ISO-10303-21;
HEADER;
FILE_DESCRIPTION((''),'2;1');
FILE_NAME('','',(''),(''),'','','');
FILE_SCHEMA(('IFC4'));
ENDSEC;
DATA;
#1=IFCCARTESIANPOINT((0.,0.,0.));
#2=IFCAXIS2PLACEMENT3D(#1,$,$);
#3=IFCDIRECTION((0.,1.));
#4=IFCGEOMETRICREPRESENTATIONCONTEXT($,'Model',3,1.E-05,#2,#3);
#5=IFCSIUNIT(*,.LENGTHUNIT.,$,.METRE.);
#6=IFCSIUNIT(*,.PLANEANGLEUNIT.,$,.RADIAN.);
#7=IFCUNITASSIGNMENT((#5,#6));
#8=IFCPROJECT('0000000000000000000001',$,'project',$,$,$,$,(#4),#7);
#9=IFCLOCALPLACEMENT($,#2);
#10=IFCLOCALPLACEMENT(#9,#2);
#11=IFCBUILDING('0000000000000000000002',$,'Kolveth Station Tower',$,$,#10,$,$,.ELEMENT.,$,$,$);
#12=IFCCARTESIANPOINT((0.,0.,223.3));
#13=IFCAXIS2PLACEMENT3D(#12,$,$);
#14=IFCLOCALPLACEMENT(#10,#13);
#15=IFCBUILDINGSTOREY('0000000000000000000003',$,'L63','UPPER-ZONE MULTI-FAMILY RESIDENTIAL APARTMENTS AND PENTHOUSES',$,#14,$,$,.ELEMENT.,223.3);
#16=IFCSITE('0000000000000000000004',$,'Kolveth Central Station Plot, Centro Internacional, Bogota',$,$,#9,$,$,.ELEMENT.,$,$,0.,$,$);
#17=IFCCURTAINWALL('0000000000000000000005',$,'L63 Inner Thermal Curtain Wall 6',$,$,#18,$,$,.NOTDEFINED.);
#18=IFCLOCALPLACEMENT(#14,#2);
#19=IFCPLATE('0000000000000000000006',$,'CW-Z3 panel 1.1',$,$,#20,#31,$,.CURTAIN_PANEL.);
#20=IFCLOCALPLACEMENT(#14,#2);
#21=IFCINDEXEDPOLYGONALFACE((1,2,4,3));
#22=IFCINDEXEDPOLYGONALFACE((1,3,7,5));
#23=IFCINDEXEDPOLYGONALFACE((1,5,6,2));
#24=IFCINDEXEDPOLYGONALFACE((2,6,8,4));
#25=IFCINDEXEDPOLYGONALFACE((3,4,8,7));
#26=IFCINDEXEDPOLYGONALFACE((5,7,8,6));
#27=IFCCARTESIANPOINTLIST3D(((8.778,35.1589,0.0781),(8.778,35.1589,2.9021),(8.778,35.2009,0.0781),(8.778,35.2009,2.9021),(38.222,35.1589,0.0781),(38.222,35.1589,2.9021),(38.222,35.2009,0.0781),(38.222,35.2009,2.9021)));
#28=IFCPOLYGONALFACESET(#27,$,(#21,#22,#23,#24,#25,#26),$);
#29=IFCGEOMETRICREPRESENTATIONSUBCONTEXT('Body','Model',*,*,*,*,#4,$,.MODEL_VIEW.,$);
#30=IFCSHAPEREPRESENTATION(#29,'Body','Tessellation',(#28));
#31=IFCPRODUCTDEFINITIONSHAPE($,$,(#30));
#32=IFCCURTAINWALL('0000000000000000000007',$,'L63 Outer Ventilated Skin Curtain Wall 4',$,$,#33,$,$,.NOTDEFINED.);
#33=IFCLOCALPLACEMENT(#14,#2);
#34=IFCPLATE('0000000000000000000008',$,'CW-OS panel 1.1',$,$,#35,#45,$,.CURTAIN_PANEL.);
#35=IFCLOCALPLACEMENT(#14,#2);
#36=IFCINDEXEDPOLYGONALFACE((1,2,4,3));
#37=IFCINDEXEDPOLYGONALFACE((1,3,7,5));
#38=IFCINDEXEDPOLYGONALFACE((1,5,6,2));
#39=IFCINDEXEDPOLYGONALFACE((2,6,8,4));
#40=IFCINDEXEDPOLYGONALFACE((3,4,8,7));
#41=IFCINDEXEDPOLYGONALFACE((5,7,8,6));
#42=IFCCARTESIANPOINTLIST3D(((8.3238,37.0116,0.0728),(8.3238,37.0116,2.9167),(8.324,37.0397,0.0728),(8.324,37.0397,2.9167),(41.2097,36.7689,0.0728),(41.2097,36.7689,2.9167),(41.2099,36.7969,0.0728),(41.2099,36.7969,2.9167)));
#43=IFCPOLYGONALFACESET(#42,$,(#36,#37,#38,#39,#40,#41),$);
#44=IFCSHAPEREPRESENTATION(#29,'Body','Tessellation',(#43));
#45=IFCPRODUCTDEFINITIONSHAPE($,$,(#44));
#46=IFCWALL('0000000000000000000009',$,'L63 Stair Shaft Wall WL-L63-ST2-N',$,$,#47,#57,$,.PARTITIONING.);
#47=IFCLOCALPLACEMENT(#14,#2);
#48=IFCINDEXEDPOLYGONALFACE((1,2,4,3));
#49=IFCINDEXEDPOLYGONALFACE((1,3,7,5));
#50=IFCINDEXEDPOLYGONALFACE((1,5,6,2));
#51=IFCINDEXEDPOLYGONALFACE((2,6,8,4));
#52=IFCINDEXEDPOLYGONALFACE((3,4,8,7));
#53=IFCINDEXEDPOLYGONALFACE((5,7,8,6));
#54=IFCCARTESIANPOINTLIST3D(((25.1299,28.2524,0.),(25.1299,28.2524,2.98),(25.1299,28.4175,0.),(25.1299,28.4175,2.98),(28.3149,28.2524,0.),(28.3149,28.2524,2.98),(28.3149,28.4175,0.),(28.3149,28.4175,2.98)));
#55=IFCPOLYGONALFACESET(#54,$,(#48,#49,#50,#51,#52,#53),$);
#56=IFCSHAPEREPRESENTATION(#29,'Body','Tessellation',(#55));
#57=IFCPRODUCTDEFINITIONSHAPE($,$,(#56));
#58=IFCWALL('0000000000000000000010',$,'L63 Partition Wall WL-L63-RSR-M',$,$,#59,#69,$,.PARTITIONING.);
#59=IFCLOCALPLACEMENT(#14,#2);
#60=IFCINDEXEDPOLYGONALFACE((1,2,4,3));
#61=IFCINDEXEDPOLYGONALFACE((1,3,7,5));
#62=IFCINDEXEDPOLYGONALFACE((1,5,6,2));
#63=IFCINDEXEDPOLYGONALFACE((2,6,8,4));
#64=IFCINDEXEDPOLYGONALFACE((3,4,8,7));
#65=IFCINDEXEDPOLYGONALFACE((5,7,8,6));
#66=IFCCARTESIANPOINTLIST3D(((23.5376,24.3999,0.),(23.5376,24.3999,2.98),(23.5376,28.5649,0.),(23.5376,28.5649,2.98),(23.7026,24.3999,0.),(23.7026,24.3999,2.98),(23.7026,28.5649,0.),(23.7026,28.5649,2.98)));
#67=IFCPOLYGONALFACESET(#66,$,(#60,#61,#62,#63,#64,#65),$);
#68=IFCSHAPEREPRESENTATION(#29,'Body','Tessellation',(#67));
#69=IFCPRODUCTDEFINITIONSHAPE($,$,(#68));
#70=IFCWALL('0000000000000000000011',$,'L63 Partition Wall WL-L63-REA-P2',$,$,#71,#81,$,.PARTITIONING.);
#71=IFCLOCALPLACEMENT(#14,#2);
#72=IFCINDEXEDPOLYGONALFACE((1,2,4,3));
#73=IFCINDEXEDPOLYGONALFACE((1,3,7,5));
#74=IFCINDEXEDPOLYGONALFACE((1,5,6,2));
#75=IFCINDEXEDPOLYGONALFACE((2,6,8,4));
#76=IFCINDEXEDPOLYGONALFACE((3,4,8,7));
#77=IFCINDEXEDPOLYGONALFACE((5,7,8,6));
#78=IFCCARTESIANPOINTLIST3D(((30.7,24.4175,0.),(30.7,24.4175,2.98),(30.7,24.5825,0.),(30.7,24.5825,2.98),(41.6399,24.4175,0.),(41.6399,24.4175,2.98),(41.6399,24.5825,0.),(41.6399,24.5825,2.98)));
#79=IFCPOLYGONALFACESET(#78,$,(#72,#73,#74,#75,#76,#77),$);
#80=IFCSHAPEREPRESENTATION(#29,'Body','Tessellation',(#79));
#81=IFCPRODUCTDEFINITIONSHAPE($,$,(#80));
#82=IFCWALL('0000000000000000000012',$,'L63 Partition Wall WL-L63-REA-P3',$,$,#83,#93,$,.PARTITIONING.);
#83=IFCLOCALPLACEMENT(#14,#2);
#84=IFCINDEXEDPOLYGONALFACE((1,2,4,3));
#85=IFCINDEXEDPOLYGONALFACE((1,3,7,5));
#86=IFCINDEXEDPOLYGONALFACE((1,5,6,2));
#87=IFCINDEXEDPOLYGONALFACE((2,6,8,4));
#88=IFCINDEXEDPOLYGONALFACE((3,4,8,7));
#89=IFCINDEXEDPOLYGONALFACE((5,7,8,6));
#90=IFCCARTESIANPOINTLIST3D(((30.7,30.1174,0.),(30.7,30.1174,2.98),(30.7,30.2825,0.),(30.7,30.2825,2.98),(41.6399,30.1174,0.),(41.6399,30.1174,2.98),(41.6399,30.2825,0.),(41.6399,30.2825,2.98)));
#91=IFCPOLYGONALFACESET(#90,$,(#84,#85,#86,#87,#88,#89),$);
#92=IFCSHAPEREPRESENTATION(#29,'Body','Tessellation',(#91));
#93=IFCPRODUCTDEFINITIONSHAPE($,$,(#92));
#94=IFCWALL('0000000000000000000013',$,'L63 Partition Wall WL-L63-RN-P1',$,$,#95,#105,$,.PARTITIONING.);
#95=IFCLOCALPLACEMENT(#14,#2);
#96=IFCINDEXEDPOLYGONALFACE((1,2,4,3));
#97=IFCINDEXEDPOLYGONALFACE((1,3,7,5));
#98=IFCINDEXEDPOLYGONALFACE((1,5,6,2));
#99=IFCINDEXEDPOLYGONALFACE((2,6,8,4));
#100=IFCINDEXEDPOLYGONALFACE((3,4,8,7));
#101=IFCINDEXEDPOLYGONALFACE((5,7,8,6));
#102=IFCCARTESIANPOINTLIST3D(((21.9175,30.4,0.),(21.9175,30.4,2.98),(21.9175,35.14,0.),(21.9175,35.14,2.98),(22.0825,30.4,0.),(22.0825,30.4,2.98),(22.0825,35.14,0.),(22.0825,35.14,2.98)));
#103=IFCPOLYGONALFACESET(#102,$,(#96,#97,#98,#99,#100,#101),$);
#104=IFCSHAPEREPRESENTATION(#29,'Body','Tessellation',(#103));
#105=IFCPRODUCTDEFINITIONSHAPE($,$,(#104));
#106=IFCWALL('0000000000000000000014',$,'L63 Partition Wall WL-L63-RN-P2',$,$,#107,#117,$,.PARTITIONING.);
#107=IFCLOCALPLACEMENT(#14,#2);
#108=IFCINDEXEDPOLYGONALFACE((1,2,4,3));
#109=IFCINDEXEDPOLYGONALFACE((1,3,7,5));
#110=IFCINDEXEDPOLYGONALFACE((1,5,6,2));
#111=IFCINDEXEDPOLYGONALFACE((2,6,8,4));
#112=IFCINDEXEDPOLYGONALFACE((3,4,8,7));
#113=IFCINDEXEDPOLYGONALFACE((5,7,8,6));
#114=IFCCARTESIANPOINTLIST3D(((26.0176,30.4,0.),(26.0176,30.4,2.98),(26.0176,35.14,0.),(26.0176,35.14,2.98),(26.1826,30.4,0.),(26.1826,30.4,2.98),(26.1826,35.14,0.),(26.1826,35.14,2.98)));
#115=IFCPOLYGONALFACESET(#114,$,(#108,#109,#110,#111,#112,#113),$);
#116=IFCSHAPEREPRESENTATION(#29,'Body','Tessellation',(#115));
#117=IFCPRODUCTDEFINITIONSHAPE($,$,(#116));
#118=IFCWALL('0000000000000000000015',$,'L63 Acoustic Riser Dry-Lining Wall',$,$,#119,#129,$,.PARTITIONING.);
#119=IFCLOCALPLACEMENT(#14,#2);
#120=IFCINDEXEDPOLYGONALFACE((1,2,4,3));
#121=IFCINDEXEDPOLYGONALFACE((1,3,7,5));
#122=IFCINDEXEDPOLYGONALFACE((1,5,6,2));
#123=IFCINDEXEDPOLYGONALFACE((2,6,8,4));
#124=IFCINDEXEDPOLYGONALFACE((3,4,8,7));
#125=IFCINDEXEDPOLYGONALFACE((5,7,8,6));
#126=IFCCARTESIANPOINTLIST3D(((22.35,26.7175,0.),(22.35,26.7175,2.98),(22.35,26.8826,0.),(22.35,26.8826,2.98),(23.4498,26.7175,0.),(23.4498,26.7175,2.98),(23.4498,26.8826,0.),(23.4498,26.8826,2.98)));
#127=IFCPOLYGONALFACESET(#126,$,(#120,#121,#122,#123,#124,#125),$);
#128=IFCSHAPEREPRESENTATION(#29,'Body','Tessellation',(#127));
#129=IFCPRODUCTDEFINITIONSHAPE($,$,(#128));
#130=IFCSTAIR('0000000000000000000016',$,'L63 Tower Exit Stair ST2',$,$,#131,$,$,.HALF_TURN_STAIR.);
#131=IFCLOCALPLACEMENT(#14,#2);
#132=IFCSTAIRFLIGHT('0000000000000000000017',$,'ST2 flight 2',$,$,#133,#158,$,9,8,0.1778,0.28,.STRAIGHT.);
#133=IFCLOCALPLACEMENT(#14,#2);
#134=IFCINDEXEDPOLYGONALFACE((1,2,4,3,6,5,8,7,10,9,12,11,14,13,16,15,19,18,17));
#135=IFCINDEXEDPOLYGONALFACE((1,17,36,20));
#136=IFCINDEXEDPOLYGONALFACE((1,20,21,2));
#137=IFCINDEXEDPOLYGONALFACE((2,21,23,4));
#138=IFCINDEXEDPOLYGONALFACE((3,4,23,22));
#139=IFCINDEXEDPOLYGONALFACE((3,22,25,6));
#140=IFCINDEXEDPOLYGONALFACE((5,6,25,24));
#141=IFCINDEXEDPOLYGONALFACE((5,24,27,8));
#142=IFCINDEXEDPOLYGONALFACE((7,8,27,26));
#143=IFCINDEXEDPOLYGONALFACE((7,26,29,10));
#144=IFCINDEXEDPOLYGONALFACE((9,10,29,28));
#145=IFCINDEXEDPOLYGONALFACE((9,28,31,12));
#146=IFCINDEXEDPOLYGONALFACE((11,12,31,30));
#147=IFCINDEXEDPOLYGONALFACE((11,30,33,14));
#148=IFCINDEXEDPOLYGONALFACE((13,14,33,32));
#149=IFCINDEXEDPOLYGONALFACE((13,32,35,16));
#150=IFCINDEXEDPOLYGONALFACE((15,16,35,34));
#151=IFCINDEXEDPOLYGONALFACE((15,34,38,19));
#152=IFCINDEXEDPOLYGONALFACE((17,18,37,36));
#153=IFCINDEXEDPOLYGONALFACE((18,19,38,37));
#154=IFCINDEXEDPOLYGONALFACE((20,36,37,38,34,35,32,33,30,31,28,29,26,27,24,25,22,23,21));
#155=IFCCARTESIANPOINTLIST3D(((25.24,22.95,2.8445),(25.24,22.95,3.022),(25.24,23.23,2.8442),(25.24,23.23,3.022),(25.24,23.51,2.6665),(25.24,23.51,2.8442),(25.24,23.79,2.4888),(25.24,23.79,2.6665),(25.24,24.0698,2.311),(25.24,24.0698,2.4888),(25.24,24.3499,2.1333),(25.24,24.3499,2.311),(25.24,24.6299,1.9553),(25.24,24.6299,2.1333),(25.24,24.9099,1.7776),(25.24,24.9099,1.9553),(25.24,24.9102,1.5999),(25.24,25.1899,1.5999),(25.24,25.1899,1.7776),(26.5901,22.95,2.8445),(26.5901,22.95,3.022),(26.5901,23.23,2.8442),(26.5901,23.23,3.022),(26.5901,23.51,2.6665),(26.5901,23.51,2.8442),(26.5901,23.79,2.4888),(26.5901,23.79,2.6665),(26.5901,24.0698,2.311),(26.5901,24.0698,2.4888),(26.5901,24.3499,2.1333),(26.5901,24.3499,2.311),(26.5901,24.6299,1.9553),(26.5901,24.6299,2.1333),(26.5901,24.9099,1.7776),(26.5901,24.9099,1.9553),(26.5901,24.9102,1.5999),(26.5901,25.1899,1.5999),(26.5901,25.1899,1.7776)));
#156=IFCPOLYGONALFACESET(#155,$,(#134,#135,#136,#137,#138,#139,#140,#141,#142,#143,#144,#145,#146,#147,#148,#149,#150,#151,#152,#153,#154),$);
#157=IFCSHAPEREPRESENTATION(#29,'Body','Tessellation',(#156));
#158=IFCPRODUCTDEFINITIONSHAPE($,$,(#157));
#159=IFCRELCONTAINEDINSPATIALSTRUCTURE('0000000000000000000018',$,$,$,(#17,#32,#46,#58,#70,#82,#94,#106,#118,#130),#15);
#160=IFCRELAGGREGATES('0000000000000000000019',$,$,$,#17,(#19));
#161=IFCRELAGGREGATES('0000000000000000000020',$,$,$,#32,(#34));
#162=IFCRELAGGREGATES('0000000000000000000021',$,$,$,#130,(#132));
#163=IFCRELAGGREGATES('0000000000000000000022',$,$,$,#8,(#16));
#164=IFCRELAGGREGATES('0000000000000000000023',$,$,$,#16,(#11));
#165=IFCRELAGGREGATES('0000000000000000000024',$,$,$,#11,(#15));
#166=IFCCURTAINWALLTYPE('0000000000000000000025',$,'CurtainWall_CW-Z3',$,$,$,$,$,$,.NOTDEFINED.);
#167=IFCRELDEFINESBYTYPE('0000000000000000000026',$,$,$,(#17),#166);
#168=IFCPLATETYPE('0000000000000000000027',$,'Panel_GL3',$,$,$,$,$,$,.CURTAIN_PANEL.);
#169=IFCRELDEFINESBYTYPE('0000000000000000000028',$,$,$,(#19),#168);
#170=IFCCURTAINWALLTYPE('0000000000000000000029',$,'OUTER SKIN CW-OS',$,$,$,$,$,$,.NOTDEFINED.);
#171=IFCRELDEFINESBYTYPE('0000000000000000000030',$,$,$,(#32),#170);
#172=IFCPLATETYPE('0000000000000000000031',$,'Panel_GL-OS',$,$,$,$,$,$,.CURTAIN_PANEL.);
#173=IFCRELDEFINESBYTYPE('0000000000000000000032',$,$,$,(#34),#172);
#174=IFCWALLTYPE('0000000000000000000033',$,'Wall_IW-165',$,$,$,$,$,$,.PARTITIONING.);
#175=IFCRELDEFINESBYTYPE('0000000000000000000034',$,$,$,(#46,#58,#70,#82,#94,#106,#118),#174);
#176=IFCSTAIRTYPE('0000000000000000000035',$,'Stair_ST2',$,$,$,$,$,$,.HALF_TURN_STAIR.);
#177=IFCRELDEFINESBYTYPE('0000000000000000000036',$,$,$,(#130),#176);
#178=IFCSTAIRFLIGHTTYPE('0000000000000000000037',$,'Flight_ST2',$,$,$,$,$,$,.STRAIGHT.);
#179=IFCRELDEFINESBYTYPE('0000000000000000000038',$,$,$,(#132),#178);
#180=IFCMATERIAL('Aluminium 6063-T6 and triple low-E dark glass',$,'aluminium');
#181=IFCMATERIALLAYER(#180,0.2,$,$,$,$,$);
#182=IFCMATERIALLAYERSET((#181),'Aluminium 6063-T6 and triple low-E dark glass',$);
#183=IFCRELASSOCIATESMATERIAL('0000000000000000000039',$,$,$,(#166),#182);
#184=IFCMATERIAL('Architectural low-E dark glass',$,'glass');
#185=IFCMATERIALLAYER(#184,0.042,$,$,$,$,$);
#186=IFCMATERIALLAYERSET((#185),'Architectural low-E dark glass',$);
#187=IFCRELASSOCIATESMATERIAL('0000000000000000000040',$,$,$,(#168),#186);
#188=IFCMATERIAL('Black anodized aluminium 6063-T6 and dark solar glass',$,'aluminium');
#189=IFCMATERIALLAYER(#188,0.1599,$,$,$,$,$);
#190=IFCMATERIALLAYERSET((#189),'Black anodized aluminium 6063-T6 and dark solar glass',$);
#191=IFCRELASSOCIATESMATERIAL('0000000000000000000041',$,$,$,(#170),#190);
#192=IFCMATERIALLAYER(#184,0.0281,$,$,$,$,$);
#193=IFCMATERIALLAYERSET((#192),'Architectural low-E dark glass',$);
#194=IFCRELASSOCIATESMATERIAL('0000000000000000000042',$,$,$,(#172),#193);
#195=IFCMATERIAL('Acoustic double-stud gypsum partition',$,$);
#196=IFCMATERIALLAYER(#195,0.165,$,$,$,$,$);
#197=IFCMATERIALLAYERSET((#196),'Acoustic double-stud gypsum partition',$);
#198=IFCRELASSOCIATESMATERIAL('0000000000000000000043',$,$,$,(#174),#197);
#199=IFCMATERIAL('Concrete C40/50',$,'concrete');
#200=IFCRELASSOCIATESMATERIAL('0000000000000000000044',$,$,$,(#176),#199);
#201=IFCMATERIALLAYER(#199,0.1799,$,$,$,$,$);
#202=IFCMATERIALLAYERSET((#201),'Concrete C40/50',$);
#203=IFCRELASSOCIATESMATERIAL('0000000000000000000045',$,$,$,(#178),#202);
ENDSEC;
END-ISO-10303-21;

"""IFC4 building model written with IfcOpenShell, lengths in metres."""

from ifc_helpers import new_model, si_unit, direction, frame, frame_2d, origin, origin_2d, place, context, subcontext, project, spatial, polyline, rectangle, outline, extrude, source, transform, mapped, material, layer, layer_set, type_object, element, aggregate, save


model = new_model("IFC4")

# Units and contexts
model_context = context("Model", 3, precision=1e-05, world=origin(), true_north=direction((0.0, 1.0)))
body_context = subcontext(model_context, "Body", "Model", "MODEL_VIEW")
ifc_project = project(units=[si_unit("LENGTHUNIT", "METRE"), si_unit("PLANEANGLEUNIT", "RADIAN")], contexts=[model_context])

# Site, building, storey
site_placement = place(None, origin())
site = spatial("IfcSite", under=ifc_project, at=site_placement, Name="Kolveth Central Station Plot, Centro Internacional, Bogota", CompositionType="ELEMENT", RefElevation=0.0)
building_placement = place(site_placement, origin())
building = spatial("IfcBuilding", under=site, at=building_placement, Name="Kolveth Station Tower", CompositionType="ELEMENT")
storey_placement = place(building_placement, frame((0.0, 0.0, 223.3)))
storey = spatial("IfcBuildingStorey", under=building, at=storey_placement, Name="L63", Description="UPPER-ZONE MULTI-FAMILY RESIDENTIAL APARTMENTS AND PENTHOUSES", CompositionType="ELEMENT", Elevation=223.3)

# Curtain walls, plates
ifc_material_1 = material(Name="Aluminium 6063-T6 and triple low-E dark glass", Category="aluminium")
ifc_layer_1 = layer(ifc_material_1, 0.2)
ifc_layer_set_1 = layer_set([ifc_layer_1], Name="Aluminium 6063-T6 and triple low-E dark glass")
curtain_wall_type_1 = type_object("IfcCurtainWallType", Name="CurtainWall_CW-Z3", PredefinedType="NOTDEFINED", material=ifc_layer_set_1)
curtain_wall_1_placement = place(storey_placement, origin())
curtain_wall_1 = element("IfcCurtainWall", 1, at=curtain_wall_1_placement, inside=storey, type_object=curtain_wall_type_1, Name="L63 Inner Thermal Curtain Wall 6", PredefinedType="NOTDEFINED")
ifc_material_2 = material(Name="Architectural low-E dark glass", Category="glass")
ifc_layer_2 = layer(ifc_material_2, 0.042)
ifc_layer_set_2 = layer_set([ifc_layer_2], Name="Architectural low-E dark glass")
plate_type_1 = type_object("IfcPlateType", Name="Panel_GL3", PredefinedType="CURTAIN_PANEL", material=ifc_layer_set_2)
shared_shape_1 = source(origin(), body_context, "Body", "SweptSolid", [
    extrude(rectangle(XDim=29.4441, YDim=0.042, at=origin_2d()), origin(), (0.0, 0.0, 1.0), 2.824),
])
plate_1_placement = place(storey_placement, frame((23.5, 35.1799, 0.0781), z_axis=(0.0, 0.0, 1.0), x_axis=(-1.0, 0.0, 0.0)))
plate_1 = element("IfcPlate", 2, at=plate_1_placement, type_object=plate_type_1, Name="CW-Z3 panel 1.1", PredefinedType="CURTAIN_PANEL", context=body_context, shape_type="MappedRepresentation", body=[
    mapped(shared_shape_1, transform((0.0, 0.0, 0.0), x_axis=(1.0, 0.0, 0.0), y_axis=(0.0, 1.0, 0.0), z_axis=(0.0, 0.0, 1.0), scale=1.0)),
])
aggregate(curtain_wall_1, [plate_1])
ifc_material_3 = material(Name="Black anodized aluminium 6063-T6 and dark solar glass", Category="aluminium")
ifc_layer_3 = layer(ifc_material_3, 0.1599)
ifc_layer_set_3 = layer_set([ifc_layer_3], Name="Black anodized aluminium 6063-T6 and dark solar glass")
curtain_wall_type_2 = type_object("IfcCurtainWallType", Name="OUTER SKIN CW-OS", PredefinedType="NOTDEFINED", material=ifc_layer_set_3)
curtain_wall_2_placement = place(storey_placement, origin())
curtain_wall_2 = element("IfcCurtainWall", 3, at=curtain_wall_2_placement, inside=storey, type_object=curtain_wall_type_2, Name="L63 Outer Ventilated Skin Curtain Wall 4", PredefinedType="NOTDEFINED")
ifc_layer_4 = layer(ifc_material_2, 0.0281)
ifc_layer_set_4 = layer_set([ifc_layer_4], Name="Architectural low-E dark glass")
plate_type_2 = type_object("IfcPlateType", Name="Panel_GL-OS", PredefinedType="CURTAIN_PANEL", material=ifc_layer_set_4)
shared_shape_2 = source(origin(), body_context, "Body", "SweptSolid", [
    extrude(rectangle(XDim=32.8867, YDim=0.0281, at=origin_2d()), origin(), (0.0, 0.0, 1.0), 2.844),
])
plate_2_placement = place(storey_placement, frame((24.7668, 36.9043, 0.0728), z_axis=(0.0, 0.0, 1.0), x_axis=(-0.999973, 0.007382, 0.0)))
plate_2 = element("IfcPlate", 4, at=plate_2_placement, type_object=plate_type_2, Name="CW-OS panel 1.1", PredefinedType="CURTAIN_PANEL", context=body_context, shape_type="MappedRepresentation", body=[
    mapped(shared_shape_2, transform((0.0, 0.0, 0.0), x_axis=(1.0, 0.0, 0.0), y_axis=(0.0, 1.0, 0.0), z_axis=(0.0, 0.0, 1.0), scale=1.0)),
])
aggregate(curtain_wall_2, [plate_2])

# Walls
ifc_material_4 = material(Name="Acoustic double-stud gypsum partition")
ifc_layer_5 = layer(ifc_material_4, 0.165)
ifc_layer_set_5 = layer_set([ifc_layer_5], Name="Acoustic double-stud gypsum partition")
wall_type = type_object("IfcWallType", Name="Wall_IW-165", PredefinedType="PARTITIONING", material=ifc_layer_set_5)
wall_1_placement = place(storey_placement, frame((25.1299, 28.335, 0.0), z_axis=(0.0, 0.0, 1.0), x_axis=(1.0, 0.0, 0.0)))
element("IfcWall", 5, at=wall_1_placement, inside=storey, type_object=wall_type, Name="L63 Stair Shaft Wall WL-L63-ST2-N", PredefinedType="PARTITIONING", context=body_context, shape_type="SweptSolid", body=[
    extrude(rectangle(XDim=3.1851, YDim=0.165, at=frame_2d((1.5925, 0.0))), origin(), (0.0, 0.0, 1.0), 2.98),
])
wall_2_placement = place(storey_placement, frame((23.6201, 24.3999, 0.0), z_axis=(0.0, 0.0, 1.0), x_axis=(0.0, 1.0, 0.0)))
element("IfcWall", 6, at=wall_2_placement, inside=storey, type_object=wall_type, Name="L63 Partition Wall WL-L63-RSR-M", PredefinedType="PARTITIONING", context=body_context, shape_type="SweptSolid", body=[
    extrude(rectangle(XDim=4.165, YDim=0.165, at=frame_2d((2.0825, 0.0))), origin(), (0.0, 0.0, 1.0), 2.98),
])
for number, where, z_axis, x_axis, name in (
    (7, (30.7, 24.5, 0.0), (0.0, 0.0, 1.0), (1.0, 0.0, 0.0), "L63 Partition Wall WL-L63-REA-P2"),
    (8, (30.7, 30.2, 0.0), (0.0, 0.0, 1.0), (1.0, 0.0, 0.0), "L63 Partition Wall WL-L63-REA-P3"),
):
    element("IfcWall", number, at=place(storey_placement, frame(where, z_axis=z_axis, x_axis=x_axis)), inside=storey, type_object=wall_type, Name=name, PredefinedType="PARTITIONING", context=body_context, shape_type="SweptSolid", body=[
        extrude(rectangle(XDim=10.9399, YDim=0.165, at=frame_2d((5.47, 0.0))), origin(), (0.0, 0.0, 1.0), 2.98),
    ])
for number, where, z_axis, x_axis, name in (
    (9, (22.0, 30.3999, 0.0), (0.0, 0.0, 1.0), (0.0, 1.0, 0.0), "L63 Partition Wall WL-L63-RN-P1"),
    (10, (26.1001, 30.3999, 0.0), (0.0, 0.0, 1.0), (0.0, 1.0, 0.0), "L63 Partition Wall WL-L63-RN-P2"),
):
    element("IfcWall", number, at=place(storey_placement, frame(where, z_axis=z_axis, x_axis=x_axis)), inside=storey, type_object=wall_type, Name=name, PredefinedType="PARTITIONING", context=body_context, shape_type="SweptSolid", body=[
        extrude(rectangle(XDim=4.74, YDim=0.165, at=frame_2d((2.3701, 0.0))), origin(), (0.0, 0.0, 1.0), 2.98),
    ])
wall_3_placement = place(storey_placement, frame((22.3501, 26.8, 0.0), z_axis=(0.0, 0.0, 1.0), x_axis=(1.0, 0.0, 0.0)))
element("IfcWall", 11, at=wall_3_placement, inside=storey, type_object=wall_type, Name="L63 Acoustic Riser Dry-Lining Wall", PredefinedType="PARTITIONING", context=body_context, shape_type="SweptSolid", body=[
    extrude(rectangle(XDim=1.0999, YDim=0.165, at=frame_2d((0.5498, 0.0))), origin(), (0.0, 0.0, 1.0), 2.98),
])

# Stair, stair flight
ifc_material_5 = material(Name="Concrete C40/50", Category="concrete")
stair_type = type_object("IfcStairType", Name="Stair_ST2", PredefinedType="HALF_TURN_STAIR", material=ifc_material_5)
stair_placement = place(storey_placement, origin())
stair = element("IfcStair", 12, at=stair_placement, inside=storey, type_object=stair_type, Name="L63 Tower Exit Stair ST2", PredefinedType="HALF_TURN_STAIR")
ifc_layer_6 = layer(ifc_material_5, 0.1799)
ifc_layer_set_6 = layer_set([ifc_layer_6], Name="Concrete C40/50")
stair_flight_type = type_object("IfcStairFlightType", Name="Flight_ST2", PredefinedType="STRAIGHT", material=ifc_layer_set_6)
stair_flight_placement = place(storey_placement, frame((25.915, 25.1899, 1.5999), z_axis=(0.0, 0.0, 1.0), x_axis=(0.0, -1.0, 0.0)))
stair_flight = element("IfcStairFlight", 13, at=stair_flight_placement, type_object=stair_flight_type, Name="ST2 flight 2", NumberOfRisers=9, NumberOfTreads=8, PredefinedType="STRAIGHT", RiserHeight=0.1778, TreadLength=0.28, context=body_context, shape_type="SweptSolid", body=[
    extrude(outline(polyline([(0.0, 0.0), (0.0, 0.1777), (0.28, 0.1777), (0.28, 0.3555), (0.5601, 0.3555), (0.5601, 0.5334), (0.8401, 0.5334), (0.8401, 0.7112), (1.1201, 0.7112), (1.1201, 0.8889), (1.3999, 0.8889), (1.3999, 1.0667), (1.6799, 1.0667), (1.6799, 1.2444), (1.96, 1.2444), (1.96, 1.4221), (2.24, 1.4221), (2.24, 1.6001), (2.24, 1.2446), (0.2798, 0.0), (0.0, 0.0)])), frame((0.0, 0.675, 0.0), z_axis=(0.0, -1.0, 0.0), x_axis=(1.0, 0.0, 0.0)), (0.0, 0.0, 1.0), 1.3501),
])
aggregate(stair, [stair_flight])

save(model, "model.ifc")
